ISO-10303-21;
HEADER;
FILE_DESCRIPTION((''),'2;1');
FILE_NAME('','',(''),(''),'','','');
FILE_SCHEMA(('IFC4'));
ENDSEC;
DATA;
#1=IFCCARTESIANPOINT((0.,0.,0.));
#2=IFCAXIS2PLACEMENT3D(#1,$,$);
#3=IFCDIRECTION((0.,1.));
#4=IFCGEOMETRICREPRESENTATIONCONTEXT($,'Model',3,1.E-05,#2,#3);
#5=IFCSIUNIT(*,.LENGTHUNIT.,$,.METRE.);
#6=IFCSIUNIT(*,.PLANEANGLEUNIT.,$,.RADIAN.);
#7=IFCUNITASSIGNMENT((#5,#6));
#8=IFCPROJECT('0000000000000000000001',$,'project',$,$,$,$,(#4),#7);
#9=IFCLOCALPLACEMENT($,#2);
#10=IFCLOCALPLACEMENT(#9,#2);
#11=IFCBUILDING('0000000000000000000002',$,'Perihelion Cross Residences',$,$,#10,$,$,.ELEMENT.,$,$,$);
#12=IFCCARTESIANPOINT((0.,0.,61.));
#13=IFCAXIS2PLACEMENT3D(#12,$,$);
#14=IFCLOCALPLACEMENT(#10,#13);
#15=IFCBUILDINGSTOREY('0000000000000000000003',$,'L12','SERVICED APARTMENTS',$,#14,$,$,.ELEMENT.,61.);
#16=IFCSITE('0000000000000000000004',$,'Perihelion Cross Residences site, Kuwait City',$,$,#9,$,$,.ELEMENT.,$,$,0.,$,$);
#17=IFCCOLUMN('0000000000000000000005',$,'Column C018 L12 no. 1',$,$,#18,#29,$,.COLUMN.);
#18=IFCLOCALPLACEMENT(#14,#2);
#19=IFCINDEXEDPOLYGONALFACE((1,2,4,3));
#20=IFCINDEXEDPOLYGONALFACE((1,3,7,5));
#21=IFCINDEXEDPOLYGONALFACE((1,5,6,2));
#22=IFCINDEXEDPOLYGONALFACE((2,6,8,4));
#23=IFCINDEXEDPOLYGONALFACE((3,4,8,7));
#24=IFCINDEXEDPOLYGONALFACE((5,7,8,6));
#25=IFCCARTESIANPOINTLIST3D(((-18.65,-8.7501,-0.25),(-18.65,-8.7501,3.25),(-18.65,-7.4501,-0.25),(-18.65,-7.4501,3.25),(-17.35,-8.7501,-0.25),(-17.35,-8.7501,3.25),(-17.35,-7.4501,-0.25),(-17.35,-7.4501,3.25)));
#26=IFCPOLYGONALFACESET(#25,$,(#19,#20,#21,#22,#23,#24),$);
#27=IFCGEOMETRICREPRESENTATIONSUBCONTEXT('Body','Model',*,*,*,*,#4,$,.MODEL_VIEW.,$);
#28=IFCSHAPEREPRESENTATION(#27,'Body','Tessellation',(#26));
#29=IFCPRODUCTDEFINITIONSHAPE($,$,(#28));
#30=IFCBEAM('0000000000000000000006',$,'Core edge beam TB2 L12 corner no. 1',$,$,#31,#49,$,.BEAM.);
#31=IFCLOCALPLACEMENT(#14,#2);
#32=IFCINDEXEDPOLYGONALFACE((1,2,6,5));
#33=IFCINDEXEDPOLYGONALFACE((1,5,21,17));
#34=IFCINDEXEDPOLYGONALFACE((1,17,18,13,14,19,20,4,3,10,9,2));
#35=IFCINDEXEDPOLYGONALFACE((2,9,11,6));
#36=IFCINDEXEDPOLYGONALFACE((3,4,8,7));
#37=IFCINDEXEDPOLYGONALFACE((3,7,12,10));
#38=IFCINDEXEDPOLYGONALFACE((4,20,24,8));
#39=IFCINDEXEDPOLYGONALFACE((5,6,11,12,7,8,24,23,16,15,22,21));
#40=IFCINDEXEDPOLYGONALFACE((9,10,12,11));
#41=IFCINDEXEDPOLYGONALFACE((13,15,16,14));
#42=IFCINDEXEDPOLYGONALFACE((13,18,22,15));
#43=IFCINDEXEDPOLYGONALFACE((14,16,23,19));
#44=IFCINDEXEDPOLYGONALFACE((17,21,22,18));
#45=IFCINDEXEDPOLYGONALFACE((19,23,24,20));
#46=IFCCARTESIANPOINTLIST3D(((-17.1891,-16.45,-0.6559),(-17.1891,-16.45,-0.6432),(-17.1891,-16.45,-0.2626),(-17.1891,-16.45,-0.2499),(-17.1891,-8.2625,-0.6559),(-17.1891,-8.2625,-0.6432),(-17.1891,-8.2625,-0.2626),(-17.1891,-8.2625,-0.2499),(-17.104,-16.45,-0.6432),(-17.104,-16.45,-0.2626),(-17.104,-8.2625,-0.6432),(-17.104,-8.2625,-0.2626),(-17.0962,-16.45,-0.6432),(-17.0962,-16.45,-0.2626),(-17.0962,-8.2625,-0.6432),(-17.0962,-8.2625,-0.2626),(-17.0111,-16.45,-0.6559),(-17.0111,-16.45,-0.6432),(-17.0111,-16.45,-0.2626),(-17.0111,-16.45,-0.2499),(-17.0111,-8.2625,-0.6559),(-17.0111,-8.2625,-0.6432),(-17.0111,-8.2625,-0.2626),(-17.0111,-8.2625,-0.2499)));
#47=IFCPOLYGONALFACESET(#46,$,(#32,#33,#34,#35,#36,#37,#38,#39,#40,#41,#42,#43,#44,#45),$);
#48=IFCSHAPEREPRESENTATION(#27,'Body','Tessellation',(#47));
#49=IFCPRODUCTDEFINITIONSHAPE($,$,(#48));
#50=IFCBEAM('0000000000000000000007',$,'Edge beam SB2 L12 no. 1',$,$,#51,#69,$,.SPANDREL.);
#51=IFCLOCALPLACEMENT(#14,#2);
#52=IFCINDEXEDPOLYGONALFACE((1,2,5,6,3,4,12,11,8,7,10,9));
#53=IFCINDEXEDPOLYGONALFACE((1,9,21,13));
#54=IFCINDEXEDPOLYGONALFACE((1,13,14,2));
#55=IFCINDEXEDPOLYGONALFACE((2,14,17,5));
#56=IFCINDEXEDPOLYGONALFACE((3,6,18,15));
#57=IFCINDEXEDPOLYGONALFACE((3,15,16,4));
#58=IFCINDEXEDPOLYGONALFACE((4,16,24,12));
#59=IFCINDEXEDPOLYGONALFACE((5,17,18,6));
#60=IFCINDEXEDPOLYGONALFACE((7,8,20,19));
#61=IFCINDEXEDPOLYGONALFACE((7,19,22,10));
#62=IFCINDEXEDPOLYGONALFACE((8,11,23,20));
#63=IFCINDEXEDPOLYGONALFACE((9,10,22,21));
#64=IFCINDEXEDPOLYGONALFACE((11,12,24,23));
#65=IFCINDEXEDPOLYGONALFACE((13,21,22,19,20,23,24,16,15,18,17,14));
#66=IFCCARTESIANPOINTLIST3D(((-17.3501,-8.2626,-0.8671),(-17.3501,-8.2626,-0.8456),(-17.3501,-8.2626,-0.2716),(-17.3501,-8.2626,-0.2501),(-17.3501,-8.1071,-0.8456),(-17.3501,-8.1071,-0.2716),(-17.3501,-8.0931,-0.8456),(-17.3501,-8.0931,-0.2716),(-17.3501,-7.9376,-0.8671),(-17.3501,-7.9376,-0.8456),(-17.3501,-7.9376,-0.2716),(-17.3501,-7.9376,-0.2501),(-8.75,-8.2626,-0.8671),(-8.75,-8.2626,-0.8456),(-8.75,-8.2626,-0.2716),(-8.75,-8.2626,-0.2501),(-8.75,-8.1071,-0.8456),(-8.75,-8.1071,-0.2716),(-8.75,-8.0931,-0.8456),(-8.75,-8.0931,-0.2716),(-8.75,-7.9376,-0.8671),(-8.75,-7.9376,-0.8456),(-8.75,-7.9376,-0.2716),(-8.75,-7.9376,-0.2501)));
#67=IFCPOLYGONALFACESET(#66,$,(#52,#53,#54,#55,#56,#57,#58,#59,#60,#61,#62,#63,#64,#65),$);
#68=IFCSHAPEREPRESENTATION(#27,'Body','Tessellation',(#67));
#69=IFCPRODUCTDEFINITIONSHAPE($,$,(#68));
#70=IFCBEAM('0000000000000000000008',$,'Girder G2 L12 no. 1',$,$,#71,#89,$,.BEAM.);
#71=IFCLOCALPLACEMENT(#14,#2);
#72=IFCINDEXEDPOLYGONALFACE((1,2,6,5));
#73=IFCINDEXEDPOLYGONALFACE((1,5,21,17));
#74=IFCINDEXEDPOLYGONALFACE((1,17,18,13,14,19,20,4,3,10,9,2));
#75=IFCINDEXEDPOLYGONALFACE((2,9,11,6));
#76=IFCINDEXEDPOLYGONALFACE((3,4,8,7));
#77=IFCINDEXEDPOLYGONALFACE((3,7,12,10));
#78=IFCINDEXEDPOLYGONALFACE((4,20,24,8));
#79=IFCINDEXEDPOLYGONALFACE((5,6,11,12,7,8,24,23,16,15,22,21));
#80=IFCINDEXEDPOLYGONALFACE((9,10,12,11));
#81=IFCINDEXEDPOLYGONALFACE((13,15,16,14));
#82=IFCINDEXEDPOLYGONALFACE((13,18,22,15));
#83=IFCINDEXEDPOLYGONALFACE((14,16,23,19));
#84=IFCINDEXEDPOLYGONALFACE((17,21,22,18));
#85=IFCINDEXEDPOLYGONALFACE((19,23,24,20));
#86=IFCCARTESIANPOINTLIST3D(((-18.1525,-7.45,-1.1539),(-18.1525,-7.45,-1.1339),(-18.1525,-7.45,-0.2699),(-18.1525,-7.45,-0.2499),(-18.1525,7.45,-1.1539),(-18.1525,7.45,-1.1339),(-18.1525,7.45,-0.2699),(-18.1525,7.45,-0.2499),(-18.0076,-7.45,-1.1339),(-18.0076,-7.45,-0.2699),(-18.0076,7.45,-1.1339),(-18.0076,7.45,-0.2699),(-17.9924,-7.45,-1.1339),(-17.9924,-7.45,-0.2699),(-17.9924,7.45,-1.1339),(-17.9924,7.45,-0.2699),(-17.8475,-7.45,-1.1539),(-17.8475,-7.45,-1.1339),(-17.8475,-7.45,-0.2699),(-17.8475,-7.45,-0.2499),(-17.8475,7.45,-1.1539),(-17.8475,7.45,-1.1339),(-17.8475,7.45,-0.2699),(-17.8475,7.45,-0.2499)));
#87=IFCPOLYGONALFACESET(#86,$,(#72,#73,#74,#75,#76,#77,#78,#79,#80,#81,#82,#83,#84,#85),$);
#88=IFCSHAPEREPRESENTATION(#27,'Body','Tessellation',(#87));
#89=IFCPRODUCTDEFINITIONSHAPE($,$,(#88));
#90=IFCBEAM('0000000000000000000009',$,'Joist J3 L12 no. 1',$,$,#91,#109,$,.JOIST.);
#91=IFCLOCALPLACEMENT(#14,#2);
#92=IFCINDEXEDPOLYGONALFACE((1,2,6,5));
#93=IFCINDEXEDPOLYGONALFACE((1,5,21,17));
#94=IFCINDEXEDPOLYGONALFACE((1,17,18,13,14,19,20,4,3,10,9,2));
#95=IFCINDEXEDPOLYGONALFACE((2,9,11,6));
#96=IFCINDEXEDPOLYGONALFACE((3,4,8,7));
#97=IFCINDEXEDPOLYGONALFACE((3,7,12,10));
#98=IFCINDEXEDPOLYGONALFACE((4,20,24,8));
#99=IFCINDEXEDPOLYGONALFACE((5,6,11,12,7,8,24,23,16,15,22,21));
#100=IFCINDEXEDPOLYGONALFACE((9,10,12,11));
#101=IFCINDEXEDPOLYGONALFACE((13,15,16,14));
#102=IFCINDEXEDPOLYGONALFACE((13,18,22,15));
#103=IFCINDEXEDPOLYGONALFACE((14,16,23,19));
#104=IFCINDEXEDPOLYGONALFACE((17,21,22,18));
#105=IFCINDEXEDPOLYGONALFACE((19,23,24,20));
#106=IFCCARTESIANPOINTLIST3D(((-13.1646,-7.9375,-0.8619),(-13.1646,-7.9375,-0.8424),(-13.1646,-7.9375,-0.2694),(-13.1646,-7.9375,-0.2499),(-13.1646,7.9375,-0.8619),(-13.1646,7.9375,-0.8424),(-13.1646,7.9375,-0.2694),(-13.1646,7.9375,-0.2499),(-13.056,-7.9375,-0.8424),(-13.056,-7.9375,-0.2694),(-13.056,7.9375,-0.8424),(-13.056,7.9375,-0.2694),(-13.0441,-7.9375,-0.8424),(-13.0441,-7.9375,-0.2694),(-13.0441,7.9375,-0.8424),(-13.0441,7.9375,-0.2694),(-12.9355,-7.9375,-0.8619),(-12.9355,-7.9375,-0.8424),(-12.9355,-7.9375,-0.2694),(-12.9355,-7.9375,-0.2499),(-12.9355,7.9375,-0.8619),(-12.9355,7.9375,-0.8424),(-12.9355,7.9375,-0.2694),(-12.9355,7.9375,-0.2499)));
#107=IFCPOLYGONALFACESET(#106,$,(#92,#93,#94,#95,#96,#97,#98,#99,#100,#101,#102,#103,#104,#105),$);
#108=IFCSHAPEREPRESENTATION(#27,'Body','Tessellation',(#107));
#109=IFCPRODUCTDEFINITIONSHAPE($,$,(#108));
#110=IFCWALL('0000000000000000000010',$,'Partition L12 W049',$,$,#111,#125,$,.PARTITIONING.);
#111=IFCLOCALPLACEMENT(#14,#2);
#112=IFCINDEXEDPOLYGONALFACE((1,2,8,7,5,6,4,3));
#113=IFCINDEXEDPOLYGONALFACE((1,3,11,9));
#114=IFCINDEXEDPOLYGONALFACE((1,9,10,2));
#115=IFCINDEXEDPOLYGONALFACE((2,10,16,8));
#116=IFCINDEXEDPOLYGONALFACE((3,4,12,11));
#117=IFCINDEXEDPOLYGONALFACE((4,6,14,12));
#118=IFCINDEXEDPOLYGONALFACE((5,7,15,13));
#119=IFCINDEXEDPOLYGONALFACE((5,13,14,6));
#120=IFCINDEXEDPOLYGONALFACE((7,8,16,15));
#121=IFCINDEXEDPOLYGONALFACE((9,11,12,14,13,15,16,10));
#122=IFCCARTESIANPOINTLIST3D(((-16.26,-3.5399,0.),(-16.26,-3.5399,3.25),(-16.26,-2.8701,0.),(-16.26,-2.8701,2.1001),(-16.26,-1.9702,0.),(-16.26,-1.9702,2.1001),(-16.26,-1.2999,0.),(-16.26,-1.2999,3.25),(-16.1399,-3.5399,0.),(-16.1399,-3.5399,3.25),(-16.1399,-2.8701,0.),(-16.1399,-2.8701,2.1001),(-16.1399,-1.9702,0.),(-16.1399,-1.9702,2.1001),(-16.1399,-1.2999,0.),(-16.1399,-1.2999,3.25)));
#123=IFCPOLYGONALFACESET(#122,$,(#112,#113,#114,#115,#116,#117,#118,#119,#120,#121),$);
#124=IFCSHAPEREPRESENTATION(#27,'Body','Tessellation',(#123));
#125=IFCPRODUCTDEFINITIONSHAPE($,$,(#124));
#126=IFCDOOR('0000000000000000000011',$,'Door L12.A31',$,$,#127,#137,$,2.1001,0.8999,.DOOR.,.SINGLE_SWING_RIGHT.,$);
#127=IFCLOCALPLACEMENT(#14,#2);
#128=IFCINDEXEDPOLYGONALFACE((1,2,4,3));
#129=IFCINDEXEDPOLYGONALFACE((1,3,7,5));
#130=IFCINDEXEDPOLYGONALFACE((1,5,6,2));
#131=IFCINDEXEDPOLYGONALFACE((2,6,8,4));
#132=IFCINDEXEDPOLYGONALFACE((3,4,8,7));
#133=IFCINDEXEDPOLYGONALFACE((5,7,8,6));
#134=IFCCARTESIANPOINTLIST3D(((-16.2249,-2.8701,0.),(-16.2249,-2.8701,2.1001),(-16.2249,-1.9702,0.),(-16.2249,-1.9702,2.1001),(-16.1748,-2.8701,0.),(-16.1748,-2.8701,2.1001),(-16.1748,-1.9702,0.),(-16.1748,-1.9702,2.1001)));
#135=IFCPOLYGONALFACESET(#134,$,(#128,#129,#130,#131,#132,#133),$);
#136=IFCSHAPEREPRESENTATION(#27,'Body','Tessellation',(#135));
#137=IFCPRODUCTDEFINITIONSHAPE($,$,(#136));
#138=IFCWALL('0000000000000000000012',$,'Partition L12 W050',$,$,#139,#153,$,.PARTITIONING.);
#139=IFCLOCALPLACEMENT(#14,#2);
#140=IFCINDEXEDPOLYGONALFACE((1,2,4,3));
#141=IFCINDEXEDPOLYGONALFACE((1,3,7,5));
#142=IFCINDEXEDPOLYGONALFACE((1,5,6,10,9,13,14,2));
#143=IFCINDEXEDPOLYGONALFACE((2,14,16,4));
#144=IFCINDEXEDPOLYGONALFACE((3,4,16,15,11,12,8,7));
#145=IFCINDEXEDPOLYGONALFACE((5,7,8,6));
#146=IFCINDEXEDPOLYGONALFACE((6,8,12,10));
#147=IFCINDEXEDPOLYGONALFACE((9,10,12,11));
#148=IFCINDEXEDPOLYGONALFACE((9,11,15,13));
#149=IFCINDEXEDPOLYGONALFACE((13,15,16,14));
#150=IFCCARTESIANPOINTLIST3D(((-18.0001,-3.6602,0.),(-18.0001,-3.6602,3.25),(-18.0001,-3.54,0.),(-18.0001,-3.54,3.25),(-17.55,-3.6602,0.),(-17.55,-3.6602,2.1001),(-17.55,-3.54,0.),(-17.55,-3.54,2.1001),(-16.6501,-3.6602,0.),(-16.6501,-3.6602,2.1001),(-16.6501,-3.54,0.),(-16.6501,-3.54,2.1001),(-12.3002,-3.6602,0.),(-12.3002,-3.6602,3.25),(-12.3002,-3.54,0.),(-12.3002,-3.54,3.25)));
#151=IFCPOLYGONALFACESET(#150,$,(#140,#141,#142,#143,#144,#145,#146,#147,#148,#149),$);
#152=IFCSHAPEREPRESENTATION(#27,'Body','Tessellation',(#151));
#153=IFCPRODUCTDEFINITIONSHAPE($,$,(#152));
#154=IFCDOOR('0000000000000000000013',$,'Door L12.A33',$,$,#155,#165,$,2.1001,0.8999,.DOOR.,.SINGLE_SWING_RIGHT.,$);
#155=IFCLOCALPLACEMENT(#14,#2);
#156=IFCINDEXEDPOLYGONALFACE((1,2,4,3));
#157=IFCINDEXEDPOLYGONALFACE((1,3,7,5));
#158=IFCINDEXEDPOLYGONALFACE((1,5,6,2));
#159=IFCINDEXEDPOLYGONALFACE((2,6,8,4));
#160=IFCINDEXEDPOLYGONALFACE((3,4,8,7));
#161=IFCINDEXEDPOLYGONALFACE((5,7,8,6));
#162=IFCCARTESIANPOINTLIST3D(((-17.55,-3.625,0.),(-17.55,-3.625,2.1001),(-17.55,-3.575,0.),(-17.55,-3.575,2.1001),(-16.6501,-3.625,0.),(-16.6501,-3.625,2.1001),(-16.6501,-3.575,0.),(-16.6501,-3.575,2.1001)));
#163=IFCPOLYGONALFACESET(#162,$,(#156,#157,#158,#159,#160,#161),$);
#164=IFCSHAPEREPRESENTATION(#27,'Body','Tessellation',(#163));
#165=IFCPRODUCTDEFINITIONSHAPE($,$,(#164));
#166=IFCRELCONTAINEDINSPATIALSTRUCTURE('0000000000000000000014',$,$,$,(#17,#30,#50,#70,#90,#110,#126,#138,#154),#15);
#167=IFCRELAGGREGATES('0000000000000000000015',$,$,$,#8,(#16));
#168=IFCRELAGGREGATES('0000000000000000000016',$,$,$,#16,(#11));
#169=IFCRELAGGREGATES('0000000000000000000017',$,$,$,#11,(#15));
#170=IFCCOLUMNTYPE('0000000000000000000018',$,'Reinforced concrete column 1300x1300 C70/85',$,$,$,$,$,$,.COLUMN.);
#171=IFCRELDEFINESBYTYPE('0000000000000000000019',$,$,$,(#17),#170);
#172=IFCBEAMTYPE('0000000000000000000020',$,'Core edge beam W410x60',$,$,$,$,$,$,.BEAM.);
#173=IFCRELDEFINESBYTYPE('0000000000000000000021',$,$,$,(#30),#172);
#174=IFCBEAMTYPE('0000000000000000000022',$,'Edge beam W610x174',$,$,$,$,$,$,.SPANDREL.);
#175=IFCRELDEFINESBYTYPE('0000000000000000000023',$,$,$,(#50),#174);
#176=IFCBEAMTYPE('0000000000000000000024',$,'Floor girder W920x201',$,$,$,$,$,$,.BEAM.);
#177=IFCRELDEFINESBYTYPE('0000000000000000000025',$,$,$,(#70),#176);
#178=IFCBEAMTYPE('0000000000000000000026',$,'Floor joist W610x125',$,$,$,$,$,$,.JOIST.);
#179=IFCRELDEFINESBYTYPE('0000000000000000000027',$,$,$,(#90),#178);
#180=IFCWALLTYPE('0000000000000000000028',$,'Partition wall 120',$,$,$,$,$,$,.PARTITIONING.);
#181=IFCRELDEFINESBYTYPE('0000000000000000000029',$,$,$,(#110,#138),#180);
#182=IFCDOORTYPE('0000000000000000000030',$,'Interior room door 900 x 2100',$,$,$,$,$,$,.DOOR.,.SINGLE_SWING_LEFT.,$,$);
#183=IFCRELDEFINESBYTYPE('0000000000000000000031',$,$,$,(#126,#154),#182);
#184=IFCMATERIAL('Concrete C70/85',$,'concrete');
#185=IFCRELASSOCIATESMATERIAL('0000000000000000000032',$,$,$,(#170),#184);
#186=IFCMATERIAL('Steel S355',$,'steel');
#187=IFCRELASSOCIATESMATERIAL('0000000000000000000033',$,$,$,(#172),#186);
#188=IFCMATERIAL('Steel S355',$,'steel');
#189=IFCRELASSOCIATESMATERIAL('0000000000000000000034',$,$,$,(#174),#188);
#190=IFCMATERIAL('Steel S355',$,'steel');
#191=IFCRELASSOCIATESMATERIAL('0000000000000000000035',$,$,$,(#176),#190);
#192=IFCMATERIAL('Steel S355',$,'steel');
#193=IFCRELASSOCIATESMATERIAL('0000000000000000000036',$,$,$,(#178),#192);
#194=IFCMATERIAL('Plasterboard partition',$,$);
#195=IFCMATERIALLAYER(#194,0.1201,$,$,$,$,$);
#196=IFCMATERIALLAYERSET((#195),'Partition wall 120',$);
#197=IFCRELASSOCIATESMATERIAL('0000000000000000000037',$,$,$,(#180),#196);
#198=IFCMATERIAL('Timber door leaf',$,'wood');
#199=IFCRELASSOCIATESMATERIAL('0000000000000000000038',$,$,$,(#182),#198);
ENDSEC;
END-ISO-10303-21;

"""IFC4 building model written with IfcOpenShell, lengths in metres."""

from ifc_helpers import new_model, si_unit, direction, frame, frame_2d, origin, origin_2d, place, context, subcontext, project, spatial, rectangle, i_section, extrude, material, layer, layer_set, material_profile, profile_set, type_object, element, fill, save


model = new_model("IFC4")

# Units and contexts
model_context = context("Model", 3, precision=1e-05, world=origin(), true_north=direction((0.0, 1.0)))
body_context = subcontext(model_context, "Body", "Model", "MODEL_VIEW")
ifc_project = project(units=[si_unit("LENGTHUNIT", "METRE"), si_unit("PLANEANGLEUNIT", "RADIAN")], contexts=[model_context])

# Site, building, storey
site_placement = place(None, origin())
site = spatial("IfcSite", under=ifc_project, at=site_placement, Name="Perihelion Cross Residences site, Kuwait City", CompositionType="ELEMENT", RefElevation=0.0)
building_placement = place(site_placement, origin())
building = spatial("IfcBuilding", under=site, at=building_placement, Name="Perihelion Cross Residences", CompositionType="ELEMENT")
storey_placement = place(building_placement, frame((0.0, 0.0, 61.0)))
storey = spatial("IfcBuildingStorey", under=building, at=storey_placement, Name="L12", Description="SERVICED APARTMENTS", CompositionType="ELEMENT", Elevation=61.0)

# Column
ifc_material_1 = material(Name="Concrete C70/85", Category="concrete")
ifc_material_profile_1 = material_profile(ifc_material_1, rectangle(XDim=1.3, YDim=1.3, at=origin_2d()), Name="RC 1300x1300")
ifc_profile_set_1 = profile_set([ifc_material_profile_1], Name="Concrete C70/85")
column_type = type_object("IfcColumnType", Name="Reinforced concrete column 1300x1300 C70/85", PredefinedType="COLUMN", material=ifc_profile_set_1)
column_placement = place(storey_placement, frame((-18.0, -8.1001, -0.25), z_axis=(0.0, 0.0, 1.0), x_axis=(1.0, 0.0, 0.0)))
element("IfcColumn", 1, at=column_placement, inside=storey, type_object=column_type, Name="Column C018 L12 no. 1", PredefinedType="COLUMN", context=body_context, shape_type="SweptSolid", body=[
    extrude(rectangle(XDim=1.3, YDim=1.3, at=origin_2d()), origin(), (0.0, 0.0, 1.0), 3.5),
])

# Beams
ifc_material_2 = material(Name="Steel S355", Category="steel")
ifc_material_profile_2 = material_profile(ifc_material_2, i_section(OverallWidth=0.178, OverallDepth=0.406, WebThickness=0.0078, FlangeThickness=0.0127, at=origin_2d()), Name="W410x60")
ifc_profile_set_2 = profile_set([ifc_material_profile_2], Name="Steel S355")
beam_type_1 = type_object("IfcBeamType", Name="Core edge beam W410x60", PredefinedType="BEAM", material=ifc_profile_set_2)
beam_1_placement = place(storey_placement, frame((-17.1001, -8.2625, -0.4529), z_axis=(0.0, -1.0, 0.0), x_axis=(1.0, 0.0, 0.0)))
element("IfcBeam", 2, at=beam_1_placement, inside=storey, type_object=beam_type_1, Name="Core edge beam TB2 L12 corner no. 1", PredefinedType="BEAM", context=body_context, shape_type="SweptSolid", body=[
    extrude(i_section(OverallWidth=0.178, OverallDepth=0.406, WebThickness=0.0078, FlangeThickness=0.0127, at=origin_2d()), origin(), (0.0, 0.0, 1.0), 8.1875),
])
ifc_material_3 = material(Name="Steel S355", Category="steel")
ifc_material_profile_3 = material_profile(ifc_material_3, i_section(OverallWidth=0.325, OverallDepth=0.6169, WebThickness=0.0139, FlangeThickness=0.0215, at=origin_2d()), Name="W610x174")
ifc_profile_set_3 = profile_set([ifc_material_profile_3], Name="Steel S355")
beam_type_2 = type_object("IfcBeamType", Name="Edge beam W610x174", PredefinedType="SPANDREL", material=ifc_profile_set_3)
beam_2_placement = place(storey_placement, frame((-17.3501, -8.1001, -0.5586), z_axis=(1.0, 0.0, 0.0), x_axis=(0.0, 1.0, 0.0)))
element("IfcBeam", 3, at=beam_2_placement, inside=storey, type_object=beam_type_2, Name="Edge beam SB2 L12 no. 1", PredefinedType="SPANDREL", context=body_context, shape_type="SweptSolid", body=[
    extrude(i_section(OverallWidth=0.325, OverallDepth=0.6169, WebThickness=0.0139, FlangeThickness=0.0215, at=origin_2d()), origin(), (0.0, 0.0, 1.0), 8.6001),
])
ifc_material_4 = material(Name="Steel S355", Category="steel")
ifc_material_profile_4 = material_profile(ifc_material_4, i_section(OverallWidth=0.3049, OverallDepth=0.9041, WebThickness=0.0151, FlangeThickness=0.02, at=origin_2d()), Name="W920x201")
ifc_profile_set_4 = profile_set([ifc_material_profile_4], Name="Steel S355")
beam_type_3 = type_object("IfcBeamType", Name="Floor girder W920x201", PredefinedType="BEAM", material=ifc_profile_set_4)
beam_3_placement = place(storey_placement, frame((-18.0, -7.45, -0.7019), z_axis=(0.0, 1.0, 0.0), x_axis=(-1.0, 0.0, 0.0)))
element("IfcBeam", 4, at=beam_3_placement, inside=storey, type_object=beam_type_3, Name="Girder G2 L12 no. 1", PredefinedType="BEAM", context=body_context, shape_type="SweptSolid", body=[
    extrude(i_section(OverallWidth=0.3049, OverallDepth=0.9041, WebThickness=0.0151, FlangeThickness=0.02, at=origin_2d()), origin(), (0.0, 0.0, 1.0), 14.8999),
])
ifc_material_5 = material(Name="Steel S355", Category="steel")
ifc_material_profile_5 = material_profile(ifc_material_5, i_section(OverallWidth=0.229, OverallDepth=0.6121, WebThickness=0.012, FlangeThickness=0.0195, at=origin_2d()), Name="W610x125")
ifc_profile_set_5 = profile_set([ifc_material_profile_5], Name="Steel S355")
beam_type_4 = type_object("IfcBeamType", Name="Floor joist W610x125", PredefinedType="JOIST", material=ifc_profile_set_5)
beam_4_placement = place(storey_placement, frame((-13.05, -7.9375, -0.5559), z_axis=(0.0, 1.0, 0.0), x_axis=(-1.0, 0.0, 0.0)))
element("IfcBeam", 5, at=beam_4_placement, inside=storey, type_object=beam_type_4, Name="Joist J3 L12 no. 1", PredefinedType="JOIST", context=body_context, shape_type="SweptSolid", body=[
    extrude(i_section(OverallWidth=0.229, OverallDepth=0.6121, WebThickness=0.012, FlangeThickness=0.0195, at=origin_2d()), origin(), (0.0, 0.0, 1.0), 15.875),
])

# Walls, openings, doors
ifc_material_6 = material(Name="Plasterboard partition")
ifc_layer_1 = layer(ifc_material_6, 0.1201)
ifc_layer_set_1 = layer_set([ifc_layer_1], Name="Partition wall 120")
wall_type_1 = type_object("IfcWallType", Name="Partition wall 120", PredefinedType="PARTITIONING", material=ifc_layer_set_1)
wall_1_placement = place(storey_placement, frame((-16.2, -3.54, 0.0), z_axis=(0.0, 0.0, 1.0), x_axis=(0.0, 1.0, 0.0)))
wall_1 = element("IfcWall", 6, at=wall_1_placement, inside=storey, type_object=wall_type_1, Name="Partition L12 W049", PredefinedType="PARTITIONING", context=body_context, shape_type="SweptSolid", body=[
    extrude(rectangle(XDim=2.24, YDim=0.1201, at=frame_2d((1.1201, 0.0))), origin(), (0.0, 0.0, 1.0), 3.25),
])
opening_1_placement = place(wall_1_placement, frame((0.6699, 0.0, 0.0)))
opening_1 = element("IfcOpeningElement", 7, at=opening_1_placement, cuts=wall_1, PredefinedType="OPENING", context=body_context, shape_type="SweptSolid", body=[
    extrude(rectangle(XDim=0.8999, YDim=2.1001, at=frame_2d((0.45, 1.05))), frame((0.0, 0.0701, 0.0), z_axis=(0.0, -1.0, 0.0), x_axis=(1.0, 0.0, 0.0)), (0.0, 0.0, 1.0), 0.1401),
])
ifc_material_7 = material(Name="Timber door leaf", Category="wood")
door_type_1 = type_object("IfcDoorType", Name="Interior room door 900 x 2100", OperationType="SINGLE_SWING_LEFT", PredefinedType="DOOR", material=ifc_material_7)
door_1_placement = place(opening_1_placement, origin())
door_1 = element("IfcDoor", 8, at=door_1_placement, inside=storey, type_object=door_type_1, Name="Door L12.A31", OperationType="SINGLE_SWING_RIGHT", OverallHeight=2.1001, OverallWidth=0.8999, PredefinedType="DOOR", context=body_context, shape_type="SweptSolid", body=[
    extrude(rectangle(XDim=0.8999, YDim=2.1001, at=frame_2d((0.45, 1.05))), frame((0.0, 0.0249, 0.0), z_axis=(0.0, -1.0, 0.0), x_axis=(1.0, 0.0, 0.0)), (0.0, 0.0, 1.0), 0.05),
])
fill(opening_1, door_1)
wall_2_placement = place(storey_placement, frame((-12.3, -3.6001, 0.0), z_axis=(0.0, 0.0, 1.0), x_axis=(-1.0, 0.0, 0.0)))
wall_2 = element("IfcWall", 9, at=wall_2_placement, inside=storey, type_object=wall_type_1, Name="Partition L12 W050", PredefinedType="PARTITIONING", context=body_context, shape_type="SweptSolid", body=[
    extrude(rectangle(XDim=5.7, YDim=0.1201, at=frame_2d((2.8501, 0.0))), origin(), (0.0, 0.0, 1.0), 3.25),
])
opening_2_placement = place(wall_2_placement, frame((4.3501, 0.0, 0.0)))
opening_2 = element("IfcOpeningElement", 10, at=opening_2_placement, cuts=wall_2, PredefinedType="OPENING", context=body_context, shape_type="SweptSolid", body=[
    extrude(rectangle(XDim=0.8999, YDim=2.1001, at=frame_2d((0.45, 1.05))), frame((0.0, 0.0701, 0.0), z_axis=(0.0, -1.0, 0.0), x_axis=(1.0, 0.0, 0.0)), (0.0, 0.0, 1.0), 0.1401),
])
door_2_placement = place(opening_2_placement, origin())
door_2 = element("IfcDoor", 11, at=door_2_placement, inside=storey, type_object=door_type_1, Name="Door L12.A33", OperationType="SINGLE_SWING_RIGHT", OverallHeight=2.1001, OverallWidth=0.8999, PredefinedType="DOOR", context=body_context, shape_type="SweptSolid", body=[
    extrude(rectangle(XDim=0.8999, YDim=2.1001, at=frame_2d((0.45, 1.05))), frame((0.0, 0.0249, 0.0), z_axis=(0.0, -1.0, 0.0), x_axis=(1.0, 0.0, 0.0)), (0.0, 0.0, 1.0), 0.05),
])
fill(opening_2, door_2)

save(model, "model.ifc")
